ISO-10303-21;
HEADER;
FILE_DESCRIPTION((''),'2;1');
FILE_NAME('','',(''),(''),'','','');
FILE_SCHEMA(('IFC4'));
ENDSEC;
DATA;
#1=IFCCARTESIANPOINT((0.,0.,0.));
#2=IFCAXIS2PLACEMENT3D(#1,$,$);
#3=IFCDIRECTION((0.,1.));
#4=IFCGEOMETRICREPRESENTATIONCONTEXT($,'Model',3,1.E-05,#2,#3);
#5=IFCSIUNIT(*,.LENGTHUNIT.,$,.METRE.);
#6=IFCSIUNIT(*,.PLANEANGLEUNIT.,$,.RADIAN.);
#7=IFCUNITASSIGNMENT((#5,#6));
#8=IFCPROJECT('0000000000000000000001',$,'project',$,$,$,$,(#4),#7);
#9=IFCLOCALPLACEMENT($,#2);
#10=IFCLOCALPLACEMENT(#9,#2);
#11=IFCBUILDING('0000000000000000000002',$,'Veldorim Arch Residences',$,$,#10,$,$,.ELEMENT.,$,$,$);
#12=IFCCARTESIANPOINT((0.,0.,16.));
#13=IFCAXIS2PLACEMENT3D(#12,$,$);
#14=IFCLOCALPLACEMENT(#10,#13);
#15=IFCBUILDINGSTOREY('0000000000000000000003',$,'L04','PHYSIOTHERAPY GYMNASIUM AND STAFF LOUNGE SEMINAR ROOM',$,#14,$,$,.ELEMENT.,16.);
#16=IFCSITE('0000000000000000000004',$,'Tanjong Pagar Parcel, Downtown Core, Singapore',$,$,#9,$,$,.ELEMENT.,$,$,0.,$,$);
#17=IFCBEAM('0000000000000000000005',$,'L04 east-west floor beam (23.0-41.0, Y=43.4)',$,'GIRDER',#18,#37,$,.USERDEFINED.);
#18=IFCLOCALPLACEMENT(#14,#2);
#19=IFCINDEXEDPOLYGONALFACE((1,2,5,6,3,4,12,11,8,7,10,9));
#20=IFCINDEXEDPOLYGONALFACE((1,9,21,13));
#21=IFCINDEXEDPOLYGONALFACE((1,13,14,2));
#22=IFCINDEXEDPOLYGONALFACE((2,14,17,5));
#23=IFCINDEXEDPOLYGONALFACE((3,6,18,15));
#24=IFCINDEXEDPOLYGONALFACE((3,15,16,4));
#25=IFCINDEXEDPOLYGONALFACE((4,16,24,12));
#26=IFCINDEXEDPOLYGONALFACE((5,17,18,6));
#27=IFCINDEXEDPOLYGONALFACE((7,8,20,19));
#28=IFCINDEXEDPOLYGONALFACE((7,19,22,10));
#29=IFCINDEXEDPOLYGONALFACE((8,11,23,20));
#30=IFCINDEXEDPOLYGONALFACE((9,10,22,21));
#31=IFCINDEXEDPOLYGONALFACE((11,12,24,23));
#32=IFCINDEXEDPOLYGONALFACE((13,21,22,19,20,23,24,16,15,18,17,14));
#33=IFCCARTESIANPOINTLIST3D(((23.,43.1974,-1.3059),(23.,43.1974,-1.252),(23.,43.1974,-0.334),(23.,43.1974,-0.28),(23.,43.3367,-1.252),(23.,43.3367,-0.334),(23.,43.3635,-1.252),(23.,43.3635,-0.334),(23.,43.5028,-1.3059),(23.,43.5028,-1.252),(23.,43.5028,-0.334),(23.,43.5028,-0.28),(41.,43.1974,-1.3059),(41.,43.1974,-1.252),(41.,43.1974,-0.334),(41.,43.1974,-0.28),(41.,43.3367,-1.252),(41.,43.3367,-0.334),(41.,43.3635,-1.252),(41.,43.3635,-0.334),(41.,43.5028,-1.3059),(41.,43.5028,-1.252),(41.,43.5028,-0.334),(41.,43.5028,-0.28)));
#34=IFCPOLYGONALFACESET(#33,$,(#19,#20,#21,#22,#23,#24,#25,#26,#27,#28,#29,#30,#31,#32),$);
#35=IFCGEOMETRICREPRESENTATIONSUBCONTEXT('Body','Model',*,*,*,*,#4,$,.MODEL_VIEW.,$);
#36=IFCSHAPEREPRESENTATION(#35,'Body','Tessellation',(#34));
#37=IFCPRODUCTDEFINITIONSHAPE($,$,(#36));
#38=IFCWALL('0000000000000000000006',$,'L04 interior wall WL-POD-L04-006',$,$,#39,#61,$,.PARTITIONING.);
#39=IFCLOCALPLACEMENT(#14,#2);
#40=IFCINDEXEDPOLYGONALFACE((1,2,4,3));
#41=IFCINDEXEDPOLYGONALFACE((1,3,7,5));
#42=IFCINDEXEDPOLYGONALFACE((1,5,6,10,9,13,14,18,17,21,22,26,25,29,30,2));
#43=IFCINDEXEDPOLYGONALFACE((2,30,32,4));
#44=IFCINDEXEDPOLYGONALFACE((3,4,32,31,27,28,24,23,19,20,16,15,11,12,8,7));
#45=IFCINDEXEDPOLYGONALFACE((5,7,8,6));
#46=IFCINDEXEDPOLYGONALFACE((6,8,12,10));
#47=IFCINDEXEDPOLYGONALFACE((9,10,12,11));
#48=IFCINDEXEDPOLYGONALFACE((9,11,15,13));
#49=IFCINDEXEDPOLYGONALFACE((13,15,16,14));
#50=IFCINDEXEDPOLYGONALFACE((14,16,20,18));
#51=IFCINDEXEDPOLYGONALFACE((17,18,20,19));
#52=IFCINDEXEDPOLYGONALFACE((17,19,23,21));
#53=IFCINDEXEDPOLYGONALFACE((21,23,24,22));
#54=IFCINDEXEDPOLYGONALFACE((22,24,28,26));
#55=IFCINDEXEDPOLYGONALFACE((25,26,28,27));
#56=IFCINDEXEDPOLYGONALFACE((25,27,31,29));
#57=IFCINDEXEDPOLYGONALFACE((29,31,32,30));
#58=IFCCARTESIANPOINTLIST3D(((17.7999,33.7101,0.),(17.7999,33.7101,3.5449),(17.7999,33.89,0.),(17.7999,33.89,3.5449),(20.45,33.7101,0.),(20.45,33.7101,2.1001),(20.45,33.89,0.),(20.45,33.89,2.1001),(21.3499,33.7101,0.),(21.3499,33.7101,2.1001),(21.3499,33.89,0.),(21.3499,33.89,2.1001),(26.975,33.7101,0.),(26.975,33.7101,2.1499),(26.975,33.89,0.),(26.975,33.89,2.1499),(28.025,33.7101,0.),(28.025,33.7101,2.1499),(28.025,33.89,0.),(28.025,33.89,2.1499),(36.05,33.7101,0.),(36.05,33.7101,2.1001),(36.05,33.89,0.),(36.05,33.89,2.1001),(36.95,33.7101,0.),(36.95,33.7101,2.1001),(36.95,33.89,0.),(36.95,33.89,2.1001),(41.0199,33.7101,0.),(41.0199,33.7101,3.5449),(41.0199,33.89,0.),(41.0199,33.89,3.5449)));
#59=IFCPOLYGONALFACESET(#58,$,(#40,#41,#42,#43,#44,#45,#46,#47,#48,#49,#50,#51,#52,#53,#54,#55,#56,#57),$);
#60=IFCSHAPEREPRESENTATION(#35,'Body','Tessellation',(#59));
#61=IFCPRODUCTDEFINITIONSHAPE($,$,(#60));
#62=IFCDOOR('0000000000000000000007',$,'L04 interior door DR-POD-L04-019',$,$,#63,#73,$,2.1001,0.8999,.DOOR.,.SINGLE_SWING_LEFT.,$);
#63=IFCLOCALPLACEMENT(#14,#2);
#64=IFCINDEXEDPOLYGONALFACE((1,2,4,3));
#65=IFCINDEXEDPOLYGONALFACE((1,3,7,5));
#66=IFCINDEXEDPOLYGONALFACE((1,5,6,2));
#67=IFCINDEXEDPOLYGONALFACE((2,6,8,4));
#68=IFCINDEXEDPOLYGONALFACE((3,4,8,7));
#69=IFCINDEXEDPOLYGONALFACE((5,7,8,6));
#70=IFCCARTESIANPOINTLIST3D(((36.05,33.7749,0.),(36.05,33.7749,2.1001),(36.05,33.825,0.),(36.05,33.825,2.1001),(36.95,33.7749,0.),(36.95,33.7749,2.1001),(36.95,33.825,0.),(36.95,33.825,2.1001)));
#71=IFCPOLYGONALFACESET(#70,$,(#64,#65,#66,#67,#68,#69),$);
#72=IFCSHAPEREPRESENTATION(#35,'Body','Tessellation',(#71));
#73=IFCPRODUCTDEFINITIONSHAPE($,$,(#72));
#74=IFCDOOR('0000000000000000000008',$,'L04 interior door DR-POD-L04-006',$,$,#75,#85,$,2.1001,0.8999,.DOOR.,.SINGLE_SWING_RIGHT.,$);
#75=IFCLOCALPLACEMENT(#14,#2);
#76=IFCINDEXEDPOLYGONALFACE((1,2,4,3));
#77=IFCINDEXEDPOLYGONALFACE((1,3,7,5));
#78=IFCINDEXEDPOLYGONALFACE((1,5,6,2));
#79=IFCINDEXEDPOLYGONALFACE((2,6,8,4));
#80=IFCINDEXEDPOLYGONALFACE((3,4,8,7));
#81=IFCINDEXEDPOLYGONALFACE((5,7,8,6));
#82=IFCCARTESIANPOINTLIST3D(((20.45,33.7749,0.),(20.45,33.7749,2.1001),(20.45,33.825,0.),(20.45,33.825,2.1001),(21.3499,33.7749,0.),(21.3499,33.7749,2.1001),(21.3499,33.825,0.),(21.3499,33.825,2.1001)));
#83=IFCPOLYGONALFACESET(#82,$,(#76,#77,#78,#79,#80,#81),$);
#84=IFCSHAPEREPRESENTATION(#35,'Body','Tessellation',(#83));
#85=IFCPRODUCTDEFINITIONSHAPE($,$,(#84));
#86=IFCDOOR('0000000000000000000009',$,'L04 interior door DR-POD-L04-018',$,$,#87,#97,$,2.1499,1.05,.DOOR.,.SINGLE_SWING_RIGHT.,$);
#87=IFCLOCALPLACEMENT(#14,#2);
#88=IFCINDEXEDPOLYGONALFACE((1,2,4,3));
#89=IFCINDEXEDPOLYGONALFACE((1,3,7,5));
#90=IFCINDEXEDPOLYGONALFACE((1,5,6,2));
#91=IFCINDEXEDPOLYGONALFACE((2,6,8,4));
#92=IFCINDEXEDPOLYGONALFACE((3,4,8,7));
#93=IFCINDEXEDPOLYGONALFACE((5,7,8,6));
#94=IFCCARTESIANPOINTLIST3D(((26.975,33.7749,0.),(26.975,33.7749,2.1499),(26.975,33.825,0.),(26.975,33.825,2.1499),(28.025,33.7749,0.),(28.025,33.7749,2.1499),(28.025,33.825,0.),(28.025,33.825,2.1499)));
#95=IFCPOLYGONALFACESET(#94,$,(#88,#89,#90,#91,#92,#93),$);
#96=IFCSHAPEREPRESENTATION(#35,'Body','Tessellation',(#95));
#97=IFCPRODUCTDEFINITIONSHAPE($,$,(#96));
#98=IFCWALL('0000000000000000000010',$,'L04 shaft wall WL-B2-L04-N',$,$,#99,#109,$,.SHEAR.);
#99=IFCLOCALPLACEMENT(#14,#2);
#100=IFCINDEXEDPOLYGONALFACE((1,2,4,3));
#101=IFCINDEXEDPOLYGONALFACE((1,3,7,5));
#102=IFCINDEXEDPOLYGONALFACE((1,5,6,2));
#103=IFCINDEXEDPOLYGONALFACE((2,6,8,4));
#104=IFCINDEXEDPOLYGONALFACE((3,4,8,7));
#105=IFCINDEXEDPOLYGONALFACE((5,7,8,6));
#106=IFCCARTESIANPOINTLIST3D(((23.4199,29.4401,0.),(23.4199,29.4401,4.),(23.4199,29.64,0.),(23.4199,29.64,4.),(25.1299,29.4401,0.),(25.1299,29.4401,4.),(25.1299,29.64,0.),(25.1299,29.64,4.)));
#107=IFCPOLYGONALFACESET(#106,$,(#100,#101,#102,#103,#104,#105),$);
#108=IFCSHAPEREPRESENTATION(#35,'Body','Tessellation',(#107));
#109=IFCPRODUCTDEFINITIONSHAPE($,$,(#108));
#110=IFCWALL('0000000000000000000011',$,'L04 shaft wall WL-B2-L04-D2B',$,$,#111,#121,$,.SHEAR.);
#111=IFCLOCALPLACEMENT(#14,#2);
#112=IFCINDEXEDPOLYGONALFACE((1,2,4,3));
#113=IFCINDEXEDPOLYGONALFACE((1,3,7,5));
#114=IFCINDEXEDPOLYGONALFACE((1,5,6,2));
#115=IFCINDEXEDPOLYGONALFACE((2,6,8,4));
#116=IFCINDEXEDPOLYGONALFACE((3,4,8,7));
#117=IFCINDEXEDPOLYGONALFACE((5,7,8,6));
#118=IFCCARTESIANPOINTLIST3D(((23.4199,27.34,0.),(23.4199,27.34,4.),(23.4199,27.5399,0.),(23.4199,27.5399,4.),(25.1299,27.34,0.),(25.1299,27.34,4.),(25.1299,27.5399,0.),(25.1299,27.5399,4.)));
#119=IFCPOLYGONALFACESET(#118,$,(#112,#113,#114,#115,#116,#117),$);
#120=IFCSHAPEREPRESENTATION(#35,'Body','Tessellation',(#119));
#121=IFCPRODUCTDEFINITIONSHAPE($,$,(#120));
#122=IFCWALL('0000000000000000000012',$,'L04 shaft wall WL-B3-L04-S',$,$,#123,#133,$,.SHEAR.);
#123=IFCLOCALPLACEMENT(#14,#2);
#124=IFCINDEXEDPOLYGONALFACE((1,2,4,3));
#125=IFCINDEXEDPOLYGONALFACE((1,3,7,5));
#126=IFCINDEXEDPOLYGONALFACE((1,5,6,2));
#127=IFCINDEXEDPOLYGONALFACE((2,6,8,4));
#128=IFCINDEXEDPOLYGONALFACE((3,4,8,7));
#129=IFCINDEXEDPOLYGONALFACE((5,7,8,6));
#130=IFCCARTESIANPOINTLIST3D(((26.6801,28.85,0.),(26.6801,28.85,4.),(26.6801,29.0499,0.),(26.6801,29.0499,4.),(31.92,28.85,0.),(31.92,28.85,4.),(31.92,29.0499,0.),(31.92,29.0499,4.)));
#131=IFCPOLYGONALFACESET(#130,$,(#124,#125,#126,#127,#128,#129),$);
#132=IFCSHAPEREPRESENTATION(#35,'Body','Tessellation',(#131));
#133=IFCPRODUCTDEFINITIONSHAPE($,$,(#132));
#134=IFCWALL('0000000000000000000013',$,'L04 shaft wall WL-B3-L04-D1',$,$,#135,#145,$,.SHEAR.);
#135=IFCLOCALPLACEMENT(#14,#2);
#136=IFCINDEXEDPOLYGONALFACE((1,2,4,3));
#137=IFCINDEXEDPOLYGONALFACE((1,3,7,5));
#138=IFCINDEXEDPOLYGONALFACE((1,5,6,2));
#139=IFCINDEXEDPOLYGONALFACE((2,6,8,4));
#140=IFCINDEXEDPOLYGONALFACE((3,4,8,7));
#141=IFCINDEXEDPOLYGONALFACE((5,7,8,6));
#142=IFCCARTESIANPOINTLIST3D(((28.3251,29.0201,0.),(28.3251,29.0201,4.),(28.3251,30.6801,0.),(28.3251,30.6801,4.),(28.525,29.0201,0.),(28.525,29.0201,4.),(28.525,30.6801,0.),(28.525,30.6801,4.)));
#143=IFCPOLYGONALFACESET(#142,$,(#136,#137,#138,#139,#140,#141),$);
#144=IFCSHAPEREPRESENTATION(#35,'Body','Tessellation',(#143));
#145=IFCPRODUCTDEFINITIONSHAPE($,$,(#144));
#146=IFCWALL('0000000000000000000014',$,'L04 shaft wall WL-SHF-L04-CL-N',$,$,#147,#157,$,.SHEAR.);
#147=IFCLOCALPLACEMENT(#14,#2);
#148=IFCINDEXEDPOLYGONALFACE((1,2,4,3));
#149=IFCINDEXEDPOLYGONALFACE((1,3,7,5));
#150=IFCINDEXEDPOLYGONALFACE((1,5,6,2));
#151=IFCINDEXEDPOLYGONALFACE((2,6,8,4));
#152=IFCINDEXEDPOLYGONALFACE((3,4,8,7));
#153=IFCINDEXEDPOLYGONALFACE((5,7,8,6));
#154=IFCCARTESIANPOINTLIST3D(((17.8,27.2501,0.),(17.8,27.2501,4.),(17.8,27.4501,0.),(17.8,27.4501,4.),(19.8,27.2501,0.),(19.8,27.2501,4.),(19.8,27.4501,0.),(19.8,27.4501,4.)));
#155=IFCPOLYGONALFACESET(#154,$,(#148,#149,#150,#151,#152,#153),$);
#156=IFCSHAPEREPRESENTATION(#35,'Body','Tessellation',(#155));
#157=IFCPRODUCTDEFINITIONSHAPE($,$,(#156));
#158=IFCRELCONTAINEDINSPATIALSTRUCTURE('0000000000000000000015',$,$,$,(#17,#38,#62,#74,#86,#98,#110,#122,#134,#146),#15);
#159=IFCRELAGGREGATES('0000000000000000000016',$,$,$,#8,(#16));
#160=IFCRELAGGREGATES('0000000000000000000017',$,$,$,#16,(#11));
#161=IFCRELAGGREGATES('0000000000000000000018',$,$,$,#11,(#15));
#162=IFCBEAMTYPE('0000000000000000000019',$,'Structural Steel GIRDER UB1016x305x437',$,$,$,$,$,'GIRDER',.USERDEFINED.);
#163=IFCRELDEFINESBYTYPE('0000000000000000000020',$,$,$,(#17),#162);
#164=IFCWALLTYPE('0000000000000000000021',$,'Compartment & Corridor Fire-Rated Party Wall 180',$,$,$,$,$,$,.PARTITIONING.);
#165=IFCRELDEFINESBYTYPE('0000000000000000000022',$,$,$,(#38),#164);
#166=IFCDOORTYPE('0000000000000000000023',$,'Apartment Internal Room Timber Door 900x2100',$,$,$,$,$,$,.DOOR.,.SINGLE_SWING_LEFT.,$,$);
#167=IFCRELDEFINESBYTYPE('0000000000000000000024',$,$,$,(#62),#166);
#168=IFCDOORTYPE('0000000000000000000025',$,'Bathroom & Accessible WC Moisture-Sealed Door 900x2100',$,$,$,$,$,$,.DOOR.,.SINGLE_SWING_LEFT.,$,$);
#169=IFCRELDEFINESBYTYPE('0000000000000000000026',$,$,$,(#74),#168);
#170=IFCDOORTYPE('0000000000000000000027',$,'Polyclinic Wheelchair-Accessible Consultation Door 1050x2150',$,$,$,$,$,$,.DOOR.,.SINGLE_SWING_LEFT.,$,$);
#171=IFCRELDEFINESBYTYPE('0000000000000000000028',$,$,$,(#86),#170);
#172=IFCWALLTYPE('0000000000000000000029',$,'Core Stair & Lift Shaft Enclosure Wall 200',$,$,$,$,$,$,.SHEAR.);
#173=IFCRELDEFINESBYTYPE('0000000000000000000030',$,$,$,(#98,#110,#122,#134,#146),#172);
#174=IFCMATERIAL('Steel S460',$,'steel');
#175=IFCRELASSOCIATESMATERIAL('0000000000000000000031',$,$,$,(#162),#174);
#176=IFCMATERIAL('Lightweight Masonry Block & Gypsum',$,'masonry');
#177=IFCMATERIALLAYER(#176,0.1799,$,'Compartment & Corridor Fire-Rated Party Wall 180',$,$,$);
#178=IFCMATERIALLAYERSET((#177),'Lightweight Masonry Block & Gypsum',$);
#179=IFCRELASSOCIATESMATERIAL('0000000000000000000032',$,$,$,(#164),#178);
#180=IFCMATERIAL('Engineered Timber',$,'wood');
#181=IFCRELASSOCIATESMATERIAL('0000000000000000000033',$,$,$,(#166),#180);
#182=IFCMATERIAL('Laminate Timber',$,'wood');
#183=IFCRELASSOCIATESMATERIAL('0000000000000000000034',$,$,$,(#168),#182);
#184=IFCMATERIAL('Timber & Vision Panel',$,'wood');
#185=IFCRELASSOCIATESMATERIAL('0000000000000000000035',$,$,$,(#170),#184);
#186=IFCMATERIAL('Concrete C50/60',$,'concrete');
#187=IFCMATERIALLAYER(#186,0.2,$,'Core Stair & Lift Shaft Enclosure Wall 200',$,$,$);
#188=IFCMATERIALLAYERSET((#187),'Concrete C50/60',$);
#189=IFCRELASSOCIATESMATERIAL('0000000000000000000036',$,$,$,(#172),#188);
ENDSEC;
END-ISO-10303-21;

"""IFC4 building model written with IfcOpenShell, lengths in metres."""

from ifc_helpers import new_model, si_unit, direction, frame, frame_2d, origin, origin_2d, place, context, subcontext, project, spatial, rectangle, i_section, extrude, material, layer, layer_set, material_profile, profile_set, type_object, element, fill, save


model = new_model("IFC4")

# Units and contexts
model_context = context("Model", 3, precision=1e-05, world=origin(), true_north=direction((0.0, 1.0)))
body_context = subcontext(model_context, "Body", "Model", "MODEL_VIEW")
ifc_project = project(units=[si_unit("LENGTHUNIT", "METRE"), si_unit("PLANEANGLEUNIT", "RADIAN")], contexts=[model_context])

# Site, building, storey
site_placement = place(None, origin())
site = spatial("IfcSite", under=ifc_project, at=site_placement, Name="Tanjong Pagar Parcel, Downtown Core, Singapore", CompositionType="ELEMENT", RefElevation=0.0)
building_placement = place(site_placement, origin())
building = spatial("IfcBuilding", under=site, at=building_placement, Name="Veldorim Arch Residences", CompositionType="ELEMENT")
storey_placement = place(building_placement, frame((0.0, 0.0, 16.0)))
storey = spatial("IfcBuildingStorey", under=building, at=storey_placement, Name="L04", Description="PHYSIOTHERAPY GYMNASIUM AND STAFF LOUNGE SEMINAR ROOM", CompositionType="ELEMENT", Elevation=16.0)

# Beam
ifc_material_1 = material(Name="Steel S460", Category="steel")
ifc_material_profile_1 = material_profile(ifc_material_1, i_section(OverallWidth=0.3054, OverallDepth=1.0259, WebThickness=0.0269, FlangeThickness=0.054, at=origin_2d()), Name="UB1016x305x437")
ifc_profile_set_1 = profile_set([ifc_material_profile_1], Name="Steel S460")
beam_type_1 = type_object("IfcBeamType", Name="Structural Steel GIRDER UB1016x305x437", ElementType="GIRDER", PredefinedType="USERDEFINED", material=ifc_profile_set_1)
for number, where, z_axis, x_axis, name in (
    (1, (23.0, 43.3501, -0.793), (1.0, 0.0, 0.0), (0.0, 1.0, 0.0), "L04 east-west floor beam (23.0-41.0, Y=43.4)"),
):
    element("IfcBeam", number, at=place(storey_placement, frame(where, z_axis=z_axis, x_axis=x_axis)), inside=storey, type_object=beam_type_1, Name=name, ObjectType="GIRDER", PredefinedType="USERDEFINED", context=body_context, shape_type="SweptSolid", body=[
        extrude(i_section(OverallWidth=0.3054, OverallDepth=1.0259, WebThickness=0.0269, FlangeThickness=0.054, at=origin_2d()), origin(), (0.0, 0.0, 1.0), 18.0),
    ])

# Wall, openings, doors
ifc_material_2 = material(Name="Lightweight Masonry Block & Gypsum", Category="masonry")
ifc_layer_1 = layer(ifc_material_2, 0.1799, Name="Compartment & Corridor Fire-Rated Party Wall 180")
ifc_layer_set_1 = layer_set([ifc_layer_1], Name="Lightweight Masonry Block & Gypsum")
wall_type_1 = type_object("IfcWallType", Name="Compartment & Corridor Fire-Rated Party Wall 180", PredefinedType="PARTITIONING", material=ifc_layer_set_1)
wall_1_placement = place(storey_placement, frame((17.8, 33.8, 0.0), z_axis=(0.0, 0.0, 1.0), x_axis=(1.0, 0.0, 0.0)))
wall_1 = element("IfcWall", 2, at=wall_1_placement, inside=storey, type_object=wall_type_1, Name="L04 interior wall WL-POD-L04-006", PredefinedType="PARTITIONING", context=body_context, shape_type="SweptSolid", body=[
    extrude(rectangle(XDim=23.22, YDim=0.1799, at=frame_2d((11.6099, 0.0))), origin(), (0.0, 0.0, 1.0), 3.5449),
])
opening_1_placement = place(wall_1_placement, frame((2.6499, 0.0, 0.0)))
opening_1 = element("IfcOpeningElement", 3, at=opening_1_placement, cuts=wall_1, PredefinedType="OPENING", context=body_context, shape_type="SweptSolid", body=[
    extrude(rectangle(XDim=0.8999, YDim=2.1001, at=frame_2d((0.45, 1.05))), frame((0.0, 0.0999, 0.0), z_axis=(0.0, -1.0, 0.0), x_axis=(1.0, 0.0, 0.0)), (0.0, 0.0, 1.0), 0.2),
])
opening_2_placement = place(wall_1_placement, frame((9.175, 0.0, 0.0)))
opening_2 = element("IfcOpeningElement", 4, at=opening_2_placement, cuts=wall_1, PredefinedType="OPENING", context=body_context, shape_type="SweptSolid", body=[
    extrude(rectangle(XDim=1.05, YDim=2.1499, at=frame_2d((0.5249, 1.075))), frame((0.0, 0.0999, 0.0), z_axis=(0.0, -1.0, 0.0), x_axis=(1.0, 0.0, 0.0)), (0.0, 0.0, 1.0), 0.2),
])
opening_3_placement = place(wall_1_placement, frame((18.25, 0.0, 0.0)))
opening_3 = element("IfcOpeningElement", 5, at=opening_3_placement, cuts=wall_1, PredefinedType="OPENING", context=body_context, shape_type="SweptSolid", body=[
    extrude(rectangle(XDim=0.8999, YDim=2.1001, at=frame_2d((0.45, 1.05))), frame((0.0, 0.0999, 0.0), z_axis=(0.0, -1.0, 0.0), x_axis=(1.0, 0.0, 0.0)), (0.0, 0.0, 1.0), 0.2),
])
ifc_material_3 = material(Name="Engineered Timber", Category="wood")
door_type_1 = type_object("IfcDoorType", Name="Apartment Internal Room Timber Door 900x2100", OperationType="SINGLE_SWING_LEFT", PredefinedType="DOOR", material=ifc_material_3)
door_1_placement = place(opening_3_placement, origin())
door_1 = element("IfcDoor", 6, at=door_1_placement, inside=storey, type_object=door_type_1, Name="L04 interior door DR-POD-L04-019", OperationType="SINGLE_SWING_LEFT", OverallHeight=2.1001, OverallWidth=0.8999, PredefinedType="DOOR", context=body_context, shape_type="SweptSolid", body=[
    extrude(rectangle(XDim=0.8999, YDim=2.1001, at=frame_2d((0.45, 1.05))), frame((0.0, 0.0249, 0.0), z_axis=(0.0, -1.0, 0.0), x_axis=(1.0, 0.0, 0.0)), (0.0, 0.0, 1.0), 0.05),
])
fill(opening_3, door_1)
ifc_material_4 = material(Name="Laminate Timber", Category="wood")
door_type_2 = type_object("IfcDoorType", Name="Bathroom & Accessible WC Moisture-Sealed Door 900x2100", OperationType="SINGLE_SWING_LEFT", PredefinedType="DOOR", material=ifc_material_4)
door_2_placement = place(opening_1_placement, origin())
door_2 = element("IfcDoor", 7, at=door_2_placement, inside=storey, type_object=door_type_2, Name="L04 interior door DR-POD-L04-006", OperationType="SINGLE_SWING_RIGHT", OverallHeight=2.1001, OverallWidth=0.8999, PredefinedType="DOOR", context=body_context, shape_type="SweptSolid", body=[
    extrude(rectangle(XDim=0.8999, YDim=2.1001, at=frame_2d((0.45, 1.05))), frame((0.0, 0.0249, 0.0), z_axis=(0.0, -1.0, 0.0), x_axis=(1.0, 0.0, 0.0)), (0.0, 0.0, 1.0), 0.05),
])
fill(opening_1, door_2)
ifc_material_5 = material(Name="Timber & Vision Panel", Category="wood")
door_type_3 = type_object("IfcDoorType", Name="Polyclinic Wheelchair-Accessible Consultation Door 1050x2150", OperationType="SINGLE_SWING_LEFT", PredefinedType="DOOR", material=ifc_material_5)
door_3_placement = place(opening_2_placement, origin())
door_3 = element("IfcDoor", 8, at=door_3_placement, inside=storey, type_object=door_type_3, Name="L04 interior door DR-POD-L04-018", OperationType="SINGLE_SWING_RIGHT", OverallHeight=2.1499, OverallWidth=1.05, PredefinedType="DOOR", context=body_context, shape_type="SweptSolid", body=[
    extrude(rectangle(XDim=1.05, YDim=2.1499, at=frame_2d((0.5249, 1.075))), frame((0.0, 0.0249, 0.0), z_axis=(0.0, -1.0, 0.0), x_axis=(1.0, 0.0, 0.0)), (0.0, 0.0, 1.0), 0.05),
])
fill(opening_2, door_3)

# Walls
ifc_material_6 = material(Name="Concrete C50/60", Category="concrete")
ifc_layer_2 = layer(ifc_material_6, 0.2, Name="Core Stair & Lift Shaft Enclosure Wall 200")
ifc_layer_set_2 = layer_set([ifc_layer_2], Name="Concrete C50/60")
wall_type_2 = type_object("IfcWallType", Name="Core Stair & Lift Shaft Enclosure Wall 200", PredefinedType="SHEAR", material=ifc_layer_set_2)
for number, where, z_axis, x_axis, name in (
    (9, (23.4199, 29.54, 0.0), (0.0, 0.0, 1.0), (1.0, 0.0, 0.0), "L04 shaft wall WL-B2-L04-N"),
    (10, (23.4199, 27.4399, 0.0), (0.0, 0.0, 1.0), (1.0, 0.0, 0.0), "L04 shaft wall WL-B2-L04-D2B"),
):
    element("IfcWall", number, at=place(storey_placement, frame(where, z_axis=z_axis, x_axis=x_axis)), inside=storey, type_object=wall_type_2, Name=name, PredefinedType="SHEAR", context=body_context, shape_type="SweptSolid", body=[
        extrude(rectangle(XDim=1.71, YDim=0.2, at=frame_2d((0.855, 0.0))), origin(), (0.0, 0.0, 1.0), 4.0),
    ])
wall_2_placement = place(storey_placement, frame((26.6799, 28.95, 0.0), z_axis=(0.0, 0.0, 1.0), x_axis=(1.0, 0.0, 0.0)))
element("IfcWall", 11, at=wall_2_placement, inside=storey, type_object=wall_type_2, Name="L04 shaft wall WL-B3-L04-S", PredefinedType="SHEAR", context=body_context, shape_type="SweptSolid", body=[
    extrude(rectangle(XDim=5.24, YDim=0.2, at=frame_2d((2.6201, 0.0))), origin(), (0.0, 0.0, 1.0), 4.0),
])
wall_3_placement = place(storey_placement, frame((28.425, 29.02, 0.0), z_axis=(0.0, 0.0, 1.0), x_axis=(0.0, 1.0, 0.0)))
element("IfcWall", 12, at=wall_3_placement, inside=storey, type_object=wall_type_2, Name="L04 shaft wall WL-B3-L04-D1", PredefinedType="SHEAR", context=body_context, shape_type="SweptSolid", body=[
    extrude(rectangle(XDim=1.6599, YDim=0.2, at=frame_2d((0.8301, 0.0))), origin(), (0.0, 0.0, 1.0), 4.0),
])
wall_4_placement = place(storey_placement, frame((17.8, 27.3501, 0.0), z_axis=(0.0, 0.0, 1.0), x_axis=(1.0, 0.0, 0.0)))
element("IfcWall", 13, at=wall_4_placement, inside=storey, type_object=wall_type_2, Name="L04 shaft wall WL-SHF-L04-CL-N", PredefinedType="SHEAR", context=body_context, shape_type="SweptSolid", body=[
    extrude(rectangle(XDim=2.0, YDim=0.2, at=frame_2d((1.0, 0.0))), origin(), (0.0, 0.0, 1.0), 4.0),
])

save(model, "model.ifc")
